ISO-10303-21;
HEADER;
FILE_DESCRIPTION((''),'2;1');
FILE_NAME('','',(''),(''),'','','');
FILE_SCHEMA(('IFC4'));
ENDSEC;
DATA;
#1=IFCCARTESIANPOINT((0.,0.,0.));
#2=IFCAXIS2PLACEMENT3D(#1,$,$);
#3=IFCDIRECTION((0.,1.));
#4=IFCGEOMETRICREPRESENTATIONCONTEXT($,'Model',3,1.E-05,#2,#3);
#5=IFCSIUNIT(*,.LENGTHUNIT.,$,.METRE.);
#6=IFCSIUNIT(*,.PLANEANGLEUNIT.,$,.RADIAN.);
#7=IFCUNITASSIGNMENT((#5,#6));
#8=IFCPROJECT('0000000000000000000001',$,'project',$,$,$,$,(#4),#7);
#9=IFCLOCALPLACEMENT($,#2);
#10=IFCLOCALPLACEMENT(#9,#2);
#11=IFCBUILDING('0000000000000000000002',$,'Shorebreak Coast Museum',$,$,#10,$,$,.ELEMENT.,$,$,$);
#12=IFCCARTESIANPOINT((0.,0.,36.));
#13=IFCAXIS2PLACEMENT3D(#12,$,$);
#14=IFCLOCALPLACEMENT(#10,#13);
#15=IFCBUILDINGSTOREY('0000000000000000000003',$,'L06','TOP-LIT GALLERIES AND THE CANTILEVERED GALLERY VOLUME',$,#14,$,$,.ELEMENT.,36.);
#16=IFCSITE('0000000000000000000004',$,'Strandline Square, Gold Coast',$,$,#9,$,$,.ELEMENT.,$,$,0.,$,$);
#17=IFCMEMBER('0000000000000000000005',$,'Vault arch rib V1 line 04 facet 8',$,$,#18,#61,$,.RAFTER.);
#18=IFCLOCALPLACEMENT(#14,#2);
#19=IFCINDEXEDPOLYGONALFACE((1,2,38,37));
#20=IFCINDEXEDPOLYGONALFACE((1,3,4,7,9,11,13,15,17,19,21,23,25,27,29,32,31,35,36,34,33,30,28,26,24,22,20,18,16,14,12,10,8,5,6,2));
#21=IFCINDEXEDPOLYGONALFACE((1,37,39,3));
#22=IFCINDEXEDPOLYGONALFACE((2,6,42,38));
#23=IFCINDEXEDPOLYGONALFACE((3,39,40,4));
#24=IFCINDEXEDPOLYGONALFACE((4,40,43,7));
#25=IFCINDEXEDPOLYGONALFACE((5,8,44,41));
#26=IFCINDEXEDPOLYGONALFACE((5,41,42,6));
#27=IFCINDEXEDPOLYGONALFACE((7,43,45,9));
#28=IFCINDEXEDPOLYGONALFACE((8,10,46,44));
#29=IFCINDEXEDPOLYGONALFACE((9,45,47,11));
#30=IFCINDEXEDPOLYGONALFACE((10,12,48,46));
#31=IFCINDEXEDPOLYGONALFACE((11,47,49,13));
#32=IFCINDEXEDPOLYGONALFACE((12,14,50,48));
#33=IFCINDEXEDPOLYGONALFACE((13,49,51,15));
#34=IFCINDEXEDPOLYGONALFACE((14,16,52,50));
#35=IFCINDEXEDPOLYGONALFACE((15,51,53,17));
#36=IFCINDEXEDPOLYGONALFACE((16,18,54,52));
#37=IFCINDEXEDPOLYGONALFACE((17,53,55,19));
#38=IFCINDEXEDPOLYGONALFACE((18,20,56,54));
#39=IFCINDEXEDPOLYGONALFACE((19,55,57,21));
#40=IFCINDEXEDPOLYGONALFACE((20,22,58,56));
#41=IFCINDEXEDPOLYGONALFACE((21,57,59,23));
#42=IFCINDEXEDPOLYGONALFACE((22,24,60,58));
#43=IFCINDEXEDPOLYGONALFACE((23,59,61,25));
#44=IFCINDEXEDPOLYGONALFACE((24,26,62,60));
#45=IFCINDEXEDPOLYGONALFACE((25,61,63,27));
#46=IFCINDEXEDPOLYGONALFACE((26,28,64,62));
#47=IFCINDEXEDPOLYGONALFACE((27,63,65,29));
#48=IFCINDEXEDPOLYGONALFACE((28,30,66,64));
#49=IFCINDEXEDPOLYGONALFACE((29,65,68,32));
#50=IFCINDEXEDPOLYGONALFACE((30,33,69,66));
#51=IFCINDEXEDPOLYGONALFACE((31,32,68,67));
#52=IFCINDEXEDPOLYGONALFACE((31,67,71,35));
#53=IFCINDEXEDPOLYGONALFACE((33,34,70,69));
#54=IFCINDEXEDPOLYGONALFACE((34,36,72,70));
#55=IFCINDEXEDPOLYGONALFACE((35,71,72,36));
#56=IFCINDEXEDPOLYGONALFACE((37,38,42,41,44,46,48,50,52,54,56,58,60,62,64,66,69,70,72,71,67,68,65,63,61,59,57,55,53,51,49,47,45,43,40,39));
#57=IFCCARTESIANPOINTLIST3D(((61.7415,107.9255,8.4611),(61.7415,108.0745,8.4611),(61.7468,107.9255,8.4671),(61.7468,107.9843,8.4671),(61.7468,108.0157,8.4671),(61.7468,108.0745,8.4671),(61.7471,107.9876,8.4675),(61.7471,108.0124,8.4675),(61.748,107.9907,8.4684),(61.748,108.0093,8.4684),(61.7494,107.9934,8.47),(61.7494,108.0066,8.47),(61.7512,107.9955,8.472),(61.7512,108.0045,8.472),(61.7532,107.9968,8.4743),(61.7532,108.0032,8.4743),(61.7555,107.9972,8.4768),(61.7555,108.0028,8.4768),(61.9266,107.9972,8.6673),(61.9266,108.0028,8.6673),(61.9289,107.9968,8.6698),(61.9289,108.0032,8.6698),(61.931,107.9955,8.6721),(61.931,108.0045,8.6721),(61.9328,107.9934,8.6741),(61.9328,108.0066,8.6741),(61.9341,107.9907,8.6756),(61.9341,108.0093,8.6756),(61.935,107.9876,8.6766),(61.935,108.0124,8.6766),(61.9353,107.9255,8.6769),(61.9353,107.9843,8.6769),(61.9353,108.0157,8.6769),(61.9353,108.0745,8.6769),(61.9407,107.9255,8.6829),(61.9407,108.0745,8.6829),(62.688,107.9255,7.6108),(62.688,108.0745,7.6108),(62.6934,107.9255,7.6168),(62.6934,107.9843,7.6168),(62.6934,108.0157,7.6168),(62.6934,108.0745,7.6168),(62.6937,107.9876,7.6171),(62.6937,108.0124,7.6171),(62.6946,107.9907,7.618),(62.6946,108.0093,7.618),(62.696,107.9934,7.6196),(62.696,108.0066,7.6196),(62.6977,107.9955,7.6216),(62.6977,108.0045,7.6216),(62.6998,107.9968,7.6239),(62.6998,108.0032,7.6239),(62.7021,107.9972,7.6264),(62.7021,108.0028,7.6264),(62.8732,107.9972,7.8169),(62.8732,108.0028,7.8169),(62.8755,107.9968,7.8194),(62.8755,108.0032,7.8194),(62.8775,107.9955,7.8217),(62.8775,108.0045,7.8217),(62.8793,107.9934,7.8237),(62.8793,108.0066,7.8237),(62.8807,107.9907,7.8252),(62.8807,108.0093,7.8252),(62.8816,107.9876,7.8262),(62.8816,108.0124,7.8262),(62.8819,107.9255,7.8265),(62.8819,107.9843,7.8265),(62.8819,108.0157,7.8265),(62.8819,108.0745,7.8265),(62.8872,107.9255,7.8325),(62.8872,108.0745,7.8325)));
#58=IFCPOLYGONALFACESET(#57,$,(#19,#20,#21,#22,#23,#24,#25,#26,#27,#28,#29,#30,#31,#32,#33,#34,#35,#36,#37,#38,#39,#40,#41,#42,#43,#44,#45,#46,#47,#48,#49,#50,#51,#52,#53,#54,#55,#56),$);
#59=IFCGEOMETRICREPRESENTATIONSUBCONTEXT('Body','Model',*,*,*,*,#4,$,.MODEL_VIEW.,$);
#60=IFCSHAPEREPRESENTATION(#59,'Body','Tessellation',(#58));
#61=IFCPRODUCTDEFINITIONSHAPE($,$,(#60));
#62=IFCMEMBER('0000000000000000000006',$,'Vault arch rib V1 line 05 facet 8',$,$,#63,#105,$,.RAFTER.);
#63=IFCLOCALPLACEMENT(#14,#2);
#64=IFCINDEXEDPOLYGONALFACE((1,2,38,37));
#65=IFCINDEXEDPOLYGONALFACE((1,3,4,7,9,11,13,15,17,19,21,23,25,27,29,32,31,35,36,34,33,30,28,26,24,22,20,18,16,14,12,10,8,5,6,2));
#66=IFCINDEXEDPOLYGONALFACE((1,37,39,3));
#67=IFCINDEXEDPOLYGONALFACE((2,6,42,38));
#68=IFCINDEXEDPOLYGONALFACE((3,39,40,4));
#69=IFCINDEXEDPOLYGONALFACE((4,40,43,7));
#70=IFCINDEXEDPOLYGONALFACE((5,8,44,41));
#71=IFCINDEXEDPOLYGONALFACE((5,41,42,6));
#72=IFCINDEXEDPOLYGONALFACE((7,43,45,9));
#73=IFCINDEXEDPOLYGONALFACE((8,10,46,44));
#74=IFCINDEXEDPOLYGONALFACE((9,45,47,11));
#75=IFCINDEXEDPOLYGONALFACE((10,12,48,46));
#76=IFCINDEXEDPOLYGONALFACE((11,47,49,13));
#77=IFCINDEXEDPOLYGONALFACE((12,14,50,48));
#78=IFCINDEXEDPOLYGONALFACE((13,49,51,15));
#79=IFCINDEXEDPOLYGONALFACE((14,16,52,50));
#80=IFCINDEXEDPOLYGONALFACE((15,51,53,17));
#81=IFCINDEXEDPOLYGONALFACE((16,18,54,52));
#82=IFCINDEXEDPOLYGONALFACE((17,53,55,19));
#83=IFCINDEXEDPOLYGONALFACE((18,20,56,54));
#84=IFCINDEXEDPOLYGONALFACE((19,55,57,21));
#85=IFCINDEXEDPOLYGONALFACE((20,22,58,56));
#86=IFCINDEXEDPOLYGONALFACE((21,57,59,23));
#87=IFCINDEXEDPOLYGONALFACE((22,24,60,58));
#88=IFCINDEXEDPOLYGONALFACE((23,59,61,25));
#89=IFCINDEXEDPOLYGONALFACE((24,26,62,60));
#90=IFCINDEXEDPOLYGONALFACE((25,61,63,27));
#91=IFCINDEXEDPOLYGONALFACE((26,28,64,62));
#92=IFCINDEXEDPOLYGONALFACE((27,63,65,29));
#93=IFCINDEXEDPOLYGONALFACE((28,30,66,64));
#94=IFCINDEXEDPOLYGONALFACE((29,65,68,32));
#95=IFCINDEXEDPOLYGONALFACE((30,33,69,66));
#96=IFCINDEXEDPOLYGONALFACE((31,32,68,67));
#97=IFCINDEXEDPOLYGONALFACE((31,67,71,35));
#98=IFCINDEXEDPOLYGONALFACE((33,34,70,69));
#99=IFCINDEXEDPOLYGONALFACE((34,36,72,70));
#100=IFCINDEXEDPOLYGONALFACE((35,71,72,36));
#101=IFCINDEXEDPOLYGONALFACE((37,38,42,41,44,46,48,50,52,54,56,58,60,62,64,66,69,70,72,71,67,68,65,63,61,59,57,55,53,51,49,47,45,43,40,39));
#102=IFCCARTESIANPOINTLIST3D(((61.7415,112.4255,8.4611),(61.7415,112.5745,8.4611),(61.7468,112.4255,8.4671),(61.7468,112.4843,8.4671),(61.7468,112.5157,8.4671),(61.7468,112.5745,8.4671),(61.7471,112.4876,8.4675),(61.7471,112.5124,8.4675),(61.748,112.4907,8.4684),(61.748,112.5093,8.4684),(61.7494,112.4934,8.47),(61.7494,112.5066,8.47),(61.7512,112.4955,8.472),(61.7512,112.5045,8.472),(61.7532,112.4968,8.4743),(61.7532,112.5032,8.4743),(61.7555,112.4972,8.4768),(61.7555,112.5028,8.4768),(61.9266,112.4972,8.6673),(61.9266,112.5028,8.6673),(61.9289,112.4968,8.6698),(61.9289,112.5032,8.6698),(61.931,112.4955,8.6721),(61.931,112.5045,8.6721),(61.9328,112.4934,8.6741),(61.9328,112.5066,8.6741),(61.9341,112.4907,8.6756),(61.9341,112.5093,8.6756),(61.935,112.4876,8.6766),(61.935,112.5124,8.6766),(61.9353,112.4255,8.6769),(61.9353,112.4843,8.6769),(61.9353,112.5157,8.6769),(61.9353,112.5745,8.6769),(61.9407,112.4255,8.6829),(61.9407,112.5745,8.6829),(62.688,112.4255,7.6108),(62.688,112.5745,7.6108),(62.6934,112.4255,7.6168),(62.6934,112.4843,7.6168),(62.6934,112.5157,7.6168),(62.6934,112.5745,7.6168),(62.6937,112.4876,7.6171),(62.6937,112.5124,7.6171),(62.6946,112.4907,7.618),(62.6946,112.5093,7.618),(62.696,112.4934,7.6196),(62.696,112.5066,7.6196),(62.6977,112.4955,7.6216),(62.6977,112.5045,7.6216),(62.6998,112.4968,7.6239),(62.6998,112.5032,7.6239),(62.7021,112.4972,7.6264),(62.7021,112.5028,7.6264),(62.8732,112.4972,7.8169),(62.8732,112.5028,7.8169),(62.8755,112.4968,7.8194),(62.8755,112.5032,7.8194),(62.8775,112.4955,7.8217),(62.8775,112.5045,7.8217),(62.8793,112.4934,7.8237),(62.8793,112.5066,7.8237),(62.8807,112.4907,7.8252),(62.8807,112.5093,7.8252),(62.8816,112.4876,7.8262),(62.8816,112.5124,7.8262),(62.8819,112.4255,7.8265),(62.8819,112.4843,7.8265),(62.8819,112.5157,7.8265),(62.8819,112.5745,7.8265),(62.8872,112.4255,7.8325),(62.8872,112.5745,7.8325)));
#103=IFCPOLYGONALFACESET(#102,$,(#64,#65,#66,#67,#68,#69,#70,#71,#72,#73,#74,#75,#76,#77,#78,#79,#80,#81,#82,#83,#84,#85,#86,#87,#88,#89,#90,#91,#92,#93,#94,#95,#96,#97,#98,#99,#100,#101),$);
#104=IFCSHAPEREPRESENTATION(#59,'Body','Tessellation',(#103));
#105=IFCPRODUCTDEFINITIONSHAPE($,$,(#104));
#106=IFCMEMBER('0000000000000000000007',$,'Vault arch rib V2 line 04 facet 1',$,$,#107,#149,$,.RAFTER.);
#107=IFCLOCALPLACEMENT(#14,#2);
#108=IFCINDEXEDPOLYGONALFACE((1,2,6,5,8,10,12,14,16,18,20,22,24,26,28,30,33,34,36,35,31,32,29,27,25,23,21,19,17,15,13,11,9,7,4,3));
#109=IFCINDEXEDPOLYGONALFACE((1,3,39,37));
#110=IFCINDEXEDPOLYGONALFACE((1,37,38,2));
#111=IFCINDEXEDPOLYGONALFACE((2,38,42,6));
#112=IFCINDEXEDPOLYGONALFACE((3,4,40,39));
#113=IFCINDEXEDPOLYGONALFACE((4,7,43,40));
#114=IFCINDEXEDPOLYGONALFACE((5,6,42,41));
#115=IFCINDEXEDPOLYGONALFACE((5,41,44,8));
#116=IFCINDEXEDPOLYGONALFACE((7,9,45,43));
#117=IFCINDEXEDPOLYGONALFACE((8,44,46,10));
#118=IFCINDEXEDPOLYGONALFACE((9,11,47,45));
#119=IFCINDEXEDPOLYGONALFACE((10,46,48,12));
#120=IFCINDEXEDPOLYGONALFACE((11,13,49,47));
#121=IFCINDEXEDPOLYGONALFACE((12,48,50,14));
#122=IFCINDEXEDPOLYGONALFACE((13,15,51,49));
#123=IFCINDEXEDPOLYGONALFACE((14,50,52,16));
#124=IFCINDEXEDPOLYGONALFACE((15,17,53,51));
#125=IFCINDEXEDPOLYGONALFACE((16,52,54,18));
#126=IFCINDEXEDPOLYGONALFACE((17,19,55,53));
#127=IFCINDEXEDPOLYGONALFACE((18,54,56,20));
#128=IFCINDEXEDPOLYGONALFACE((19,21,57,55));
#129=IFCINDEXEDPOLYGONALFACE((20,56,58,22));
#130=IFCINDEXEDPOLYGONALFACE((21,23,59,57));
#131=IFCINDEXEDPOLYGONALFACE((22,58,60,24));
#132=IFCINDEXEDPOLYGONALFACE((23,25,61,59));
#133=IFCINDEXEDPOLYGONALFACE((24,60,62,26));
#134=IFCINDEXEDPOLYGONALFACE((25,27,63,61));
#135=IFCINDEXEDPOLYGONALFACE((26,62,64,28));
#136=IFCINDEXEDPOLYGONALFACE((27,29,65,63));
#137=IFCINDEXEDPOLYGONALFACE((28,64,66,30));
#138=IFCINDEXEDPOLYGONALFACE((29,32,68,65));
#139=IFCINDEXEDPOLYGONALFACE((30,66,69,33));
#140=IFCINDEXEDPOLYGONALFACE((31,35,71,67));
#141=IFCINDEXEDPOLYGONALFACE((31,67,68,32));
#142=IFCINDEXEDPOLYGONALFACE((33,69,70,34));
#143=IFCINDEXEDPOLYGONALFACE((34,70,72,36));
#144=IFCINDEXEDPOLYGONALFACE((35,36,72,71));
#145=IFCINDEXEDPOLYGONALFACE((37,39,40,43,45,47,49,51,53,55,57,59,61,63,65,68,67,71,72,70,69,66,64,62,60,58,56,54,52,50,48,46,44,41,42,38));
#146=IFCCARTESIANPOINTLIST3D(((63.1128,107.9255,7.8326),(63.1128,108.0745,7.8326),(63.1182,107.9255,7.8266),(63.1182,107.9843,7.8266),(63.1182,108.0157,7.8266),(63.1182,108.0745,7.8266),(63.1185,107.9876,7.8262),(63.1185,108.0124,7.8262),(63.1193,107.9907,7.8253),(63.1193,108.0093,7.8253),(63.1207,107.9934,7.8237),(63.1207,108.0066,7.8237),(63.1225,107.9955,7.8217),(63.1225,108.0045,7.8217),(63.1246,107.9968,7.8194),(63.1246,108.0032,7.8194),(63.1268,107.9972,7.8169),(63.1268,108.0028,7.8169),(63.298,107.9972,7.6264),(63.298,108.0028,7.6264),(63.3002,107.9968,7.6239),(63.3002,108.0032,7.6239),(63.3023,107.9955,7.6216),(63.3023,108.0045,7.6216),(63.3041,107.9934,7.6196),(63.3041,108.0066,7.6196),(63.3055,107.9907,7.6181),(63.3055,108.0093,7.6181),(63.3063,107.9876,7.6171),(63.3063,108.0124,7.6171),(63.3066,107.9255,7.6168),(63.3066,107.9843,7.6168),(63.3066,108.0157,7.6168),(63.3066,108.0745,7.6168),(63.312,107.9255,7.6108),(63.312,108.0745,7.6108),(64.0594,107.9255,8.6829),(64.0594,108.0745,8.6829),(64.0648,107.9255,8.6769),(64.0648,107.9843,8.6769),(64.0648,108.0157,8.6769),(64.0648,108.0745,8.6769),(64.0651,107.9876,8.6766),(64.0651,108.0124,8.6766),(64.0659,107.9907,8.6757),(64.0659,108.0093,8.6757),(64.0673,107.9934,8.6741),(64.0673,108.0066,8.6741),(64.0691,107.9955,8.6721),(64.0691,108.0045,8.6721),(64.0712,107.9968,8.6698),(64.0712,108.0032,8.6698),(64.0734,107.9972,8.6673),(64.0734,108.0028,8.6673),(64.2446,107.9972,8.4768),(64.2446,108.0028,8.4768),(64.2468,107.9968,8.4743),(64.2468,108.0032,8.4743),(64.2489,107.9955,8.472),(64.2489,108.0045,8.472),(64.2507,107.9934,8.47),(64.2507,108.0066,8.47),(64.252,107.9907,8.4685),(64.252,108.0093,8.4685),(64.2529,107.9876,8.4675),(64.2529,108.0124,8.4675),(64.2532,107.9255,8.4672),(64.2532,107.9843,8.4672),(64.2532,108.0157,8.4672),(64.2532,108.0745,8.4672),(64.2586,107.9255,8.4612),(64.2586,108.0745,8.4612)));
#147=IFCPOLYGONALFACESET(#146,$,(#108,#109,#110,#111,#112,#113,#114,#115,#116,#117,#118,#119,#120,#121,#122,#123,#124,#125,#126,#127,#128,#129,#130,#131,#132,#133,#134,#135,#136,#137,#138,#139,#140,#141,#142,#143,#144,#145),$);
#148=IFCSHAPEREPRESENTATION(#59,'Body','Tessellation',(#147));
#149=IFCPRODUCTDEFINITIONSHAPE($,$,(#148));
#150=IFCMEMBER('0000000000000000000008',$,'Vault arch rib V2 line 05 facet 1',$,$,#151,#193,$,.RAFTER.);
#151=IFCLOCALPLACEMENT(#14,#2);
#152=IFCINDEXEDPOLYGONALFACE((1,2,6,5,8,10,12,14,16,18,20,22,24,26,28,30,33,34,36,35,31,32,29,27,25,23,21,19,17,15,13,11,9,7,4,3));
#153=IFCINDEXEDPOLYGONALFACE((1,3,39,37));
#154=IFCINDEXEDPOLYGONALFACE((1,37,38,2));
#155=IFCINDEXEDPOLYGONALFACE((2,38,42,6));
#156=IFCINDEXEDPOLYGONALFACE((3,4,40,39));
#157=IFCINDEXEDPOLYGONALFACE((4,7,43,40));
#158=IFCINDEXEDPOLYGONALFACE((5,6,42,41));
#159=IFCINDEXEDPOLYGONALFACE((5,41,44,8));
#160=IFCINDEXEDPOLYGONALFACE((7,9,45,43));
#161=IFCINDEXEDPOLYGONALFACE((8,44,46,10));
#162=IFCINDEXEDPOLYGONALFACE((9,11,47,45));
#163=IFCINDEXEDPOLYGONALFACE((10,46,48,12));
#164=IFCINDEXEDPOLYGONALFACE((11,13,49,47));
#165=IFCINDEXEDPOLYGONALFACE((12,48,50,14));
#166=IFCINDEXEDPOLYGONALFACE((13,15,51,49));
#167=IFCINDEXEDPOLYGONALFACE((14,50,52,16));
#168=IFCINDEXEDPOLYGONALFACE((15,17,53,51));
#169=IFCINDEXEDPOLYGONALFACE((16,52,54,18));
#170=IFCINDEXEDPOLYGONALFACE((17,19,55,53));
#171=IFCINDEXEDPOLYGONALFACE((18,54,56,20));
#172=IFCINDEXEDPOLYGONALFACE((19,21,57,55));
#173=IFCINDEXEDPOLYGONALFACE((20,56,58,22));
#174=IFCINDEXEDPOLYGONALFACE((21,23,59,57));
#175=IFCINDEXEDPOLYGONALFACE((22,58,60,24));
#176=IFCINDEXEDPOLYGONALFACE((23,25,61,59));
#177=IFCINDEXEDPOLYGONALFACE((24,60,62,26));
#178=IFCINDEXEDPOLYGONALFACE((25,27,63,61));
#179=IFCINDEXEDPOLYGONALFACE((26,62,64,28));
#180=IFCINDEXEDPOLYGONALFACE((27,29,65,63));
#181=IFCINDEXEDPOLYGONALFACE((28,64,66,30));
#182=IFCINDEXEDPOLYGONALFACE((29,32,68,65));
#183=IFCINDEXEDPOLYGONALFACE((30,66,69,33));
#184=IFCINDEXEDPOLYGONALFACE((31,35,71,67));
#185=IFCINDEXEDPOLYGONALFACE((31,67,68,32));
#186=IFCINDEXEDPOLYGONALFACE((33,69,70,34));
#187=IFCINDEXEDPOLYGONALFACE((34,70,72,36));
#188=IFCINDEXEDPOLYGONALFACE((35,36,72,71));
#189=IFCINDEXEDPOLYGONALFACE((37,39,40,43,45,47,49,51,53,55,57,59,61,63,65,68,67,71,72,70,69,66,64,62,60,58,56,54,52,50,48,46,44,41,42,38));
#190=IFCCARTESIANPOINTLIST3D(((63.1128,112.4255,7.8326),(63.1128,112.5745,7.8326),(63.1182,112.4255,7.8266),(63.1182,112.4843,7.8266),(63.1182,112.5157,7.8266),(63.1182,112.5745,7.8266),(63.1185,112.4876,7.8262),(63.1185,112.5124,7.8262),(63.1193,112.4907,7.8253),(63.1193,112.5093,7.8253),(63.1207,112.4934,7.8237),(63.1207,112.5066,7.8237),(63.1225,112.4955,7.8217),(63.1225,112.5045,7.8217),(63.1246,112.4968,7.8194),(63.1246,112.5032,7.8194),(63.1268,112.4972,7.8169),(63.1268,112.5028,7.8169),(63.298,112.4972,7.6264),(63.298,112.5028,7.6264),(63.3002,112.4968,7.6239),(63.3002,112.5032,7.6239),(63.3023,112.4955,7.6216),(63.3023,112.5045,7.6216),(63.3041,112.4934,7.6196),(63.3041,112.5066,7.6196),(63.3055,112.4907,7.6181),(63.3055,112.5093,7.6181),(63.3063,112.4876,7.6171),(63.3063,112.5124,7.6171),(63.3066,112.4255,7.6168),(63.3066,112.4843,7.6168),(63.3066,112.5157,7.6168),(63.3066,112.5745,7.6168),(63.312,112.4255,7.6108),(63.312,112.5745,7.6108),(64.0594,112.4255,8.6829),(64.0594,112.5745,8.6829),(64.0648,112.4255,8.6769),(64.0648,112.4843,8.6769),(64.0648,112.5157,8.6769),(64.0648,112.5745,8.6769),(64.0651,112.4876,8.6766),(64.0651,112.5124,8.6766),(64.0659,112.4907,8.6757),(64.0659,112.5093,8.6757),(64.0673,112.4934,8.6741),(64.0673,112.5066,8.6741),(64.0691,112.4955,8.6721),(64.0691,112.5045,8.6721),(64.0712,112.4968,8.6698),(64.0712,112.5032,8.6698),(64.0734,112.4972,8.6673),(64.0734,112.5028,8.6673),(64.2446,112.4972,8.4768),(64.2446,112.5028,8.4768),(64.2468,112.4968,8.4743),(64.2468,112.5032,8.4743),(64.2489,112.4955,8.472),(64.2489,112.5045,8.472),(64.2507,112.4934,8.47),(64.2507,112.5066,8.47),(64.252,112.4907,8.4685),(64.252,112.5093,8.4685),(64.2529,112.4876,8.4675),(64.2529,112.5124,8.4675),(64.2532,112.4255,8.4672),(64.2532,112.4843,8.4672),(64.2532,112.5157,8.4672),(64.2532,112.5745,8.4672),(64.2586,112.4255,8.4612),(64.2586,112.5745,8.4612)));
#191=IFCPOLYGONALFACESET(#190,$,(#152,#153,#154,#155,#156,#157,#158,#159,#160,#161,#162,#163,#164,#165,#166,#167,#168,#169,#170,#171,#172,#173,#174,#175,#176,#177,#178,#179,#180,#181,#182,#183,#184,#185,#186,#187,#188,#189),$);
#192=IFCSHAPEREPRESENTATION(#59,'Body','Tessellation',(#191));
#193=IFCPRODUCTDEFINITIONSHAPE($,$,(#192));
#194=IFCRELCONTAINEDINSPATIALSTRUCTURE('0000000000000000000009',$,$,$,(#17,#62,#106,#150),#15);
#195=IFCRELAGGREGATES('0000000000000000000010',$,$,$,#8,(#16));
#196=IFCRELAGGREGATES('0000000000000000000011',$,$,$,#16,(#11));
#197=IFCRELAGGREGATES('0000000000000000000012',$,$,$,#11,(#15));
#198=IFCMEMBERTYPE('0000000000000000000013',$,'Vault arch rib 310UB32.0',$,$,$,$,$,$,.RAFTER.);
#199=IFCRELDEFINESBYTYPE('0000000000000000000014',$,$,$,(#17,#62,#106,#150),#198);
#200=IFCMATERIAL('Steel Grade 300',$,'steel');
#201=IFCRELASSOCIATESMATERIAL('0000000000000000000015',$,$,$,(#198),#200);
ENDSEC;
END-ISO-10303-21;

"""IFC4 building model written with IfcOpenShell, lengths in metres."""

from ifc_helpers import new_model, si_unit, direction, frame, origin, origin_2d, place, context, subcontext, project, spatial, i_section, extrude, material, material_profile, profile_set, type_object, element, save


model = new_model("IFC4")

# Units and contexts
model_context = context("Model", 3, precision=1e-05, world=origin(), true_north=direction((0.0, 1.0)))
body_context = subcontext(model_context, "Body", "Model", "MODEL_VIEW")
ifc_project = project(units=[si_unit("LENGTHUNIT", "METRE"), si_unit("PLANEANGLEUNIT", "RADIAN")], contexts=[model_context])

# Site, building, storey
site_placement = place(None, origin())
site = spatial("IfcSite", under=ifc_project, at=site_placement, Name="Strandline Square, Gold Coast", CompositionType="ELEMENT", RefElevation=0.0)
building_placement = place(site_placement, origin())
building = spatial("IfcBuilding", under=site, at=building_placement, Name="Shorebreak Coast Museum", CompositionType="ELEMENT")
storey_placement = place(building_placement, frame((0.0, 0.0, 36.0)))
storey = spatial("IfcBuildingStorey", under=building, at=storey_placement, Name="L06", Description="TOP-LIT GALLERIES AND THE CANTILEVERED GALLERY VOLUME", CompositionType="ELEMENT", Elevation=36.0)

# Members
ifc_material_1 = material(Name="Steel Grade 300", Category="steel")
ifc_material_profile_1 = material_profile(ifc_material_1, i_section(OverallWidth=0.1489, OverallDepth=0.2981, WebThickness=0.0056, FlangeThickness=0.0081, FilletRadius=0.0129, at=origin_2d()), Name="310UB32.0")
ifc_profile_set_1 = profile_set([ifc_material_profile_1], Name="Steel Grade 300")
member_type_1 = type_object("IfcMemberType", Name="Vault arch rib 310UB32.0", PredefinedType="RAFTER", material=ifc_profile_set_1)
for number, where, z_axis, x_axis, name in (
    (1, (61.8411, 108.0, 8.572), (0.743895, 0.0, -0.668297), (0.0, 1.0, 0.0), "Vault arch rib V1 line 04 facet 8"),
    (2, (61.8411, 112.5, 8.572), (0.743895, 0.0, -0.668297), (0.0, 1.0, 0.0), "Vault arch rib V1 line 05 facet 8"),
    (3, (63.2124, 108.0, 7.7217), (0.743895, 0.0, 0.668297), (0.0, 1.0, 0.0), "Vault arch rib V2 line 04 facet 1"),
    (4, (63.2124, 112.5, 7.7217), (0.743895, 0.0, 0.668297), (0.0, 1.0, 0.0), "Vault arch rib V2 line 05 facet 1"),
):
    element("IfcMember", number, at=place(storey_placement, frame(where, z_axis=z_axis, x_axis=x_axis)), inside=storey, type_object=member_type_1, Name=name, PredefinedType="RAFTER", context=body_context, shape_type="SweptSolid", body=[
        extrude(i_section(OverallWidth=0.1489, OverallDepth=0.2981, WebThickness=0.0056, FlangeThickness=0.0081, FilletRadius=0.0129, at=origin_2d()), origin(), (0.0, 0.0, 1.0), 1.2725),
    ])

save(model, "model.ifc")
